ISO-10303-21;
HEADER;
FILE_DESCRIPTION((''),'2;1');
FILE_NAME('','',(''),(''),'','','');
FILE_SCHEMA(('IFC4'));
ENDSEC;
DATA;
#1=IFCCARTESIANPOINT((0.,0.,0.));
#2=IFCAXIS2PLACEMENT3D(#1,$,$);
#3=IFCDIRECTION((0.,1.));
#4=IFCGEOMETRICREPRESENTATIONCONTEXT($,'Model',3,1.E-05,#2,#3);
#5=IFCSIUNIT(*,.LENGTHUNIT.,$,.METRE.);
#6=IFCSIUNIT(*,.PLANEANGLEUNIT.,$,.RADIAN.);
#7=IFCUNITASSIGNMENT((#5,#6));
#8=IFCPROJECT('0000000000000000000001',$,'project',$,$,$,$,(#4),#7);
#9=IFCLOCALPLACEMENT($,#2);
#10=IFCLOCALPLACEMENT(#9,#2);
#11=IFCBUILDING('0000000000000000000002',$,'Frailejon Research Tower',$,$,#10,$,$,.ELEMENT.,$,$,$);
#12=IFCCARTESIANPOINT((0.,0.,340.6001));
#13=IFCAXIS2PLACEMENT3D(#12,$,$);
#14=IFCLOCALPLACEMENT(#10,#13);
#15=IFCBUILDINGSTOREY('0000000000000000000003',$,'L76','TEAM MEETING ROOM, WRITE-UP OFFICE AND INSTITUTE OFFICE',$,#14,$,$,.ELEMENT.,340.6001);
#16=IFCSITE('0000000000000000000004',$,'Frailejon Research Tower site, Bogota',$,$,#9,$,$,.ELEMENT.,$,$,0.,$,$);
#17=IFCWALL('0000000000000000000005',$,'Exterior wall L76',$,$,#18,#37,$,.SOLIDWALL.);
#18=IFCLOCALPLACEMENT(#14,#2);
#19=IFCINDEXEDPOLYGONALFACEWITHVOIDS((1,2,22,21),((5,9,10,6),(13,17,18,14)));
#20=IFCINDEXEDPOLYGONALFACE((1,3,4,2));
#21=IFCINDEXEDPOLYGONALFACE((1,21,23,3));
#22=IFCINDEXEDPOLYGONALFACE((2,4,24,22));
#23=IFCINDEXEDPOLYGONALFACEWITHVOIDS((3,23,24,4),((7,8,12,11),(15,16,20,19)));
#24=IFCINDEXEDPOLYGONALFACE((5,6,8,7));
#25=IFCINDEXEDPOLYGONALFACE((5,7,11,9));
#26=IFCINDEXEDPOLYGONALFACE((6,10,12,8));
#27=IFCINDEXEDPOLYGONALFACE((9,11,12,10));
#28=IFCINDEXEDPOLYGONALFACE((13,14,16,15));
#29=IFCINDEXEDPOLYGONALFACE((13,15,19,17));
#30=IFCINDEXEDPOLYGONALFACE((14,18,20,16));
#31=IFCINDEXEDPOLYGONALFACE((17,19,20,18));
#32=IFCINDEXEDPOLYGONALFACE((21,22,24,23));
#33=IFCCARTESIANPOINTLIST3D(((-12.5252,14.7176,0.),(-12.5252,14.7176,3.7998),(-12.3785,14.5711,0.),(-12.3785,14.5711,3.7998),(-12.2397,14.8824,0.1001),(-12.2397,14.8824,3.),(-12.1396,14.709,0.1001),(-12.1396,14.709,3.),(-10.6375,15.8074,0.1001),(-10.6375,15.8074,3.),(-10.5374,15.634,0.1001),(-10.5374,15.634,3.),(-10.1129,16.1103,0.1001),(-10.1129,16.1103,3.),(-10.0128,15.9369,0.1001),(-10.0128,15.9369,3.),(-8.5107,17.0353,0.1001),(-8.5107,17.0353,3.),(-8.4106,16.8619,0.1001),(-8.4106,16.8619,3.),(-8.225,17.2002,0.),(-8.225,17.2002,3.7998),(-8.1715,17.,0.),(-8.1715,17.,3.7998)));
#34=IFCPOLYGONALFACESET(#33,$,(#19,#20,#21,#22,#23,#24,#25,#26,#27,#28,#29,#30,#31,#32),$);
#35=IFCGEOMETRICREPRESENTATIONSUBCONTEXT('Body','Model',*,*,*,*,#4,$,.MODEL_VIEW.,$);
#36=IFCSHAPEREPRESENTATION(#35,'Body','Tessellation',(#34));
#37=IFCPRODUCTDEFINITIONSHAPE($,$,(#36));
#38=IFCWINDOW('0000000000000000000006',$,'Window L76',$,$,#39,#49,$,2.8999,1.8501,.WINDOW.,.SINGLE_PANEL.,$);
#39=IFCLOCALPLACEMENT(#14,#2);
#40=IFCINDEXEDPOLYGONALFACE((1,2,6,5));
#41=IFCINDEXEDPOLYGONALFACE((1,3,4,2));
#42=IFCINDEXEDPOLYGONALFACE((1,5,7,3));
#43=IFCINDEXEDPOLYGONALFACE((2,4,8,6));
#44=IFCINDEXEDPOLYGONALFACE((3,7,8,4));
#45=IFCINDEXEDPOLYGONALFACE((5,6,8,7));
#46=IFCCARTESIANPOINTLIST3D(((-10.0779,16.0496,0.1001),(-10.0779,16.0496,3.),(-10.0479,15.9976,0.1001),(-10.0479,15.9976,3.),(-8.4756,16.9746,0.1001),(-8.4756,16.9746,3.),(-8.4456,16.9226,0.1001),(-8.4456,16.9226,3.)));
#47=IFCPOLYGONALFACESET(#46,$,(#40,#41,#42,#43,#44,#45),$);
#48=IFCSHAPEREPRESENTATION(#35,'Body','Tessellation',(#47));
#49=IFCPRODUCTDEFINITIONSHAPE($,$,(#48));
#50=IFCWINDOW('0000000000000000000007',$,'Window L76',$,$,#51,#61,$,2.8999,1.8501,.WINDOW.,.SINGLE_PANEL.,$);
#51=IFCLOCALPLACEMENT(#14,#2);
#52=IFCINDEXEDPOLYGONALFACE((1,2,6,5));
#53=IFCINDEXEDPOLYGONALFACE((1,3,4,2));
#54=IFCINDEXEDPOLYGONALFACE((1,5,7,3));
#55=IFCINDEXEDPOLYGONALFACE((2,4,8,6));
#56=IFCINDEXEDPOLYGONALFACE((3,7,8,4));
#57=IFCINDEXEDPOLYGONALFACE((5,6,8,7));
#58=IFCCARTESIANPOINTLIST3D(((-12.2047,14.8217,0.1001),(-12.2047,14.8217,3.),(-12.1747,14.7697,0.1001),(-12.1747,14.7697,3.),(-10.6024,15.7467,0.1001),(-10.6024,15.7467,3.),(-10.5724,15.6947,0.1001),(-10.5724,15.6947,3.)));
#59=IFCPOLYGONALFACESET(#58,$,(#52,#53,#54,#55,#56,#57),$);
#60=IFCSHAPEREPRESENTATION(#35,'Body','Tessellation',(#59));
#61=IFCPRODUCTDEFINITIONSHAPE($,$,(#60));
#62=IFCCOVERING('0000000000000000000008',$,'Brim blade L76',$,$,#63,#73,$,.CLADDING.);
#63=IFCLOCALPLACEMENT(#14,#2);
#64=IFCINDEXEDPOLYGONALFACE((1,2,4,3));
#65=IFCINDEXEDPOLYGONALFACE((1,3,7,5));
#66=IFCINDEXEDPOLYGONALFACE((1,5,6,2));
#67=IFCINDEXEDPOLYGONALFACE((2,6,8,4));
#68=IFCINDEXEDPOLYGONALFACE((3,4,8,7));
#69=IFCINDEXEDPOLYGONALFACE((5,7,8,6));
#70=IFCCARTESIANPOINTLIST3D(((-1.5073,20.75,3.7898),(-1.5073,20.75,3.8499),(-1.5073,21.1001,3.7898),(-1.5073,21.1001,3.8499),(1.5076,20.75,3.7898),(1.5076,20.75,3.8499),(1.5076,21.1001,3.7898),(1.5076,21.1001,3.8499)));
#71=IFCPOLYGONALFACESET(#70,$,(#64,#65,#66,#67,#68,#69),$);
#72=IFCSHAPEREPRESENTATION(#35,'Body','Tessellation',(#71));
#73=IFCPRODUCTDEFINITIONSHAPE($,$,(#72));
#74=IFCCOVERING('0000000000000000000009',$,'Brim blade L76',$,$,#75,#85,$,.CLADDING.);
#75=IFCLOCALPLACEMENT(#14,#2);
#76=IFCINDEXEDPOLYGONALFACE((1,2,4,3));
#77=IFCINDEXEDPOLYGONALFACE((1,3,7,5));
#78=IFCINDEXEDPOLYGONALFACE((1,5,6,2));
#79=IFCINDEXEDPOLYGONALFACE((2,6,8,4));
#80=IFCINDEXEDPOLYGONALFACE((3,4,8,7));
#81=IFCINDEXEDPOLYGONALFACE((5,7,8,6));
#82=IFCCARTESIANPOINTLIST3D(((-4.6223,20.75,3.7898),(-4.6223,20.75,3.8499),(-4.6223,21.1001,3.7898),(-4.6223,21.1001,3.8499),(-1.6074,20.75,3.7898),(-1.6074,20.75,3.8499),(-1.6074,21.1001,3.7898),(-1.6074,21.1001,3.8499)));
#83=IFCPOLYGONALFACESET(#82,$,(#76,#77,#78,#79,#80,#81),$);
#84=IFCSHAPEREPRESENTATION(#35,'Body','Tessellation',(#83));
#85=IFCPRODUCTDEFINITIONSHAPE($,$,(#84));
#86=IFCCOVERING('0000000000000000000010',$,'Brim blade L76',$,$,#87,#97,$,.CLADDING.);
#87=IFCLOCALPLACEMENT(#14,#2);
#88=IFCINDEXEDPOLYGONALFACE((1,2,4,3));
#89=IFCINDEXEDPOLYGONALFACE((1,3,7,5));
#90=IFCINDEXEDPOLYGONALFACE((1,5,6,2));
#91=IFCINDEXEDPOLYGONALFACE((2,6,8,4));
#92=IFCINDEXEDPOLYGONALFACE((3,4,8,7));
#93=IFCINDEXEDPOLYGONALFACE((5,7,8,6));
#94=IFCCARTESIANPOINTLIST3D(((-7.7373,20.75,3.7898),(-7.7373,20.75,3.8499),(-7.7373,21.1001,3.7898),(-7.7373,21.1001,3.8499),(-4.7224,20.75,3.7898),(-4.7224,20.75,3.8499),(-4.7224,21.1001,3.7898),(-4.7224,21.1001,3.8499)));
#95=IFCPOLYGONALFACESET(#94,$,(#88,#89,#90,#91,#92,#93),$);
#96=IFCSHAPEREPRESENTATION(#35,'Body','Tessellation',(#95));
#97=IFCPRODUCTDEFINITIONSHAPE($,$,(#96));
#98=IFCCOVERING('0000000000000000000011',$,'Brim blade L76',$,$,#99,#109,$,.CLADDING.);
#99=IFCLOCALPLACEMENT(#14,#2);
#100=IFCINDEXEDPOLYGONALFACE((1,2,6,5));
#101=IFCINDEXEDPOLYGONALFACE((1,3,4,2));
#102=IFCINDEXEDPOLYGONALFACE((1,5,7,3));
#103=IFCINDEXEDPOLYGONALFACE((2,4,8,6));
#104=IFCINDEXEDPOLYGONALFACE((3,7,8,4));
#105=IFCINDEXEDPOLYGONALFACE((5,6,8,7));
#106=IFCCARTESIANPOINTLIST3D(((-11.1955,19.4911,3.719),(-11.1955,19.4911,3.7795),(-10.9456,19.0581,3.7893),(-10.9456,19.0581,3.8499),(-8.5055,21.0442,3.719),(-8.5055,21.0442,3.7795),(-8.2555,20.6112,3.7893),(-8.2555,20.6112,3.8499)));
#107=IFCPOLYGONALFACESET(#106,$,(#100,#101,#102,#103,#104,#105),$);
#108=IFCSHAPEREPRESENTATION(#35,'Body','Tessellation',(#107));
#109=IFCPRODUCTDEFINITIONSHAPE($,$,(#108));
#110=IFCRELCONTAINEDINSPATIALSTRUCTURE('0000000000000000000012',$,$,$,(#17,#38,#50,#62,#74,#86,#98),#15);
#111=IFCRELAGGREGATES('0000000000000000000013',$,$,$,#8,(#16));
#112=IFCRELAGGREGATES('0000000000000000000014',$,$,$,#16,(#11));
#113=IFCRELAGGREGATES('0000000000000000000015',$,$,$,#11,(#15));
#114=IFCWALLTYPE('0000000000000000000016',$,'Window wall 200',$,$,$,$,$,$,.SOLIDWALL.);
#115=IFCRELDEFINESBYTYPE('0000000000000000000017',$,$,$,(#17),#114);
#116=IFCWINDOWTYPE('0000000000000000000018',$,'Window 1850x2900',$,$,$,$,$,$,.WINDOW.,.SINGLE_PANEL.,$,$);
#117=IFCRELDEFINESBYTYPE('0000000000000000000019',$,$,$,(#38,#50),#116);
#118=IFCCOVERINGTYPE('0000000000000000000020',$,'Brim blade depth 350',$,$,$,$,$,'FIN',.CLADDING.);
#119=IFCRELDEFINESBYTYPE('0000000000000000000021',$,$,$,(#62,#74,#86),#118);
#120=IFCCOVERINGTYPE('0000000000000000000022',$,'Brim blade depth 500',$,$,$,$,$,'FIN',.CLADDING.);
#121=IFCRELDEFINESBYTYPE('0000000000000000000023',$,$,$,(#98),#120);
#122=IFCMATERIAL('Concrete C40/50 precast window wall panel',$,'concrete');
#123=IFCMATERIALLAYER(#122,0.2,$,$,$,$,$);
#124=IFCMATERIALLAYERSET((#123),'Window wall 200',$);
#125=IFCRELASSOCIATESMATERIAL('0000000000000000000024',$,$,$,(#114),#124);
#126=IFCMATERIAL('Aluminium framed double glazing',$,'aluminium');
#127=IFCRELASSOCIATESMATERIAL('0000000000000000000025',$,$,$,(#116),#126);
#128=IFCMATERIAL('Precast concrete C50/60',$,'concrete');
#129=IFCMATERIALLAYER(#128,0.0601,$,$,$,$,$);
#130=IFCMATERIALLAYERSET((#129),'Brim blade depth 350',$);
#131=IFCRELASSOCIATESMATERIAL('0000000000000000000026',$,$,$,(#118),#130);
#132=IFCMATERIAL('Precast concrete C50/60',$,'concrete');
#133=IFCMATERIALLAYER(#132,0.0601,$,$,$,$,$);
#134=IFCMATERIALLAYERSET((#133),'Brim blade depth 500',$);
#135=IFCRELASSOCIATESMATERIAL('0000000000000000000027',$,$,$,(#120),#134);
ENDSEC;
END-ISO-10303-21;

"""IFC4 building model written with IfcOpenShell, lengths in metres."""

from ifc_helpers import new_model, si_unit, direction, frame, frame_2d, origin, place, context, subcontext, project, spatial, polyline, rectangle, outline, extrude, material, layer, layer_set, type_object, element, fill, save


model = new_model("IFC4")

# Units and contexts
model_context = context("Model", 3, precision=1e-05, world=origin(), true_north=direction((0.0, 1.0)))
body_context = subcontext(model_context, "Body", "Model", "MODEL_VIEW")
ifc_project = project(units=[si_unit("LENGTHUNIT", "METRE"), si_unit("PLANEANGLEUNIT", "RADIAN")], contexts=[model_context])

# Site, building, storey
site_placement = place(None, origin())
site = spatial("IfcSite", under=ifc_project, at=site_placement, Name="Frailejon Research Tower site, Bogota", CompositionType="ELEMENT", RefElevation=0.0)
building_placement = place(site_placement, origin())
building = spatial("IfcBuilding", under=site, at=building_placement, Name="Frailejon Research Tower", CompositionType="ELEMENT")
storey_placement = place(building_placement, frame((0.0, 0.0, 340.6001)))
storey = spatial("IfcBuildingStorey", under=building, at=storey_placement, Name="L76", Description="TEAM MEETING ROOM, WRITE-UP OFFICE AND INSTITUTE OFFICE", CompositionType="ELEMENT", Elevation=340.6001)

# Wall, openings, windows
ifc_material_1 = material(Name="Concrete C40/50 precast window wall panel", Category="concrete")
ifc_layer_1 = layer(ifc_material_1, 0.2)
ifc_layer_set_1 = layer_set([ifc_layer_1], Name="Window wall 200")
wall_type = type_object("IfcWallType", Name="Window wall 200", PredefinedType="SOLIDWALL", material=ifc_layer_set_1)
wall_placement = place(storey_placement, frame((-8.1982, 17.1001, 0.0), z_axis=(0.0, 0.0, 1.0), x_axis=(-0.866029, -0.499994, 0.0)))
wall = element("IfcWall", 1, at=wall_placement, inside=storey, type_object=wall_type, Name="Exterior wall L76", PredefinedType="SOLIDWALL", context=body_context, shape_type="SweptSolid", body=[
    extrude(outline(polyline([(-0.0269, -0.1001), (1.2144, -0.1001), (2.4558, -0.1001), (3.6973, -0.1001), (4.9385, -0.1001), (4.8848, 0.1001), (3.6704, 0.1001), (2.4558, 0.1001), (1.2412, 0.1001), (0.0269, 0.1001), (-0.0269, -0.1001)])), origin(), (0.0, 0.0, 1.0), 3.7998),
])
opening_1_placement = place(wall_placement, frame((0.303, 0.0, 0.1001)))
opening_1 = element("IfcOpeningElement", 2, at=opening_1_placement, cuts=wall, PredefinedType="OPENING", context=body_context, shape_type="SweptSolid", body=[
    extrude(rectangle(XDim=1.8501, YDim=2.8999, at=frame_2d((0.925, 1.45))), frame((0.0, 0.1099, 0.0), z_axis=(0.0, -1.0, 0.0), x_axis=(1.0, 0.0, 0.0)), (0.0, 0.0, 1.0), 0.22),
])
opening_2_placement = place(wall_placement, frame((2.7588, 0.0, 0.1001)))
opening_2 = element("IfcOpeningElement", 3, at=opening_2_placement, cuts=wall, PredefinedType="OPENING", context=body_context, shape_type="SweptSolid", body=[
    extrude(rectangle(XDim=1.8501, YDim=2.8999, at=frame_2d((0.925, 1.45))), frame((0.0, 0.1099, 0.0), z_axis=(0.0, -1.0, 0.0), x_axis=(1.0, 0.0, 0.0)), (0.0, 0.0, 1.0), 0.22),
])
ifc_material_2 = material(Name="Aluminium framed double glazing", Category="aluminium")
window_type = type_object("IfcWindowType", Name="Window 1850x2900", PartitioningType="SINGLE_PANEL", PredefinedType="WINDOW", material=ifc_material_2)
window_1_placement = place(opening_1_placement, origin())
window_1 = element("IfcWindow", 4, at=window_1_placement, inside=storey, type_object=window_type, Name="Window L76", OverallHeight=2.8999, OverallWidth=1.8501, PartitioningType="SINGLE_PANEL", PredefinedType="WINDOW", context=body_context, shape_type="SweptSolid", body=[
    extrude(rectangle(XDim=1.8501, YDim=2.8999, at=frame_2d((0.925, 1.45))), frame((0.0, 0.03, 0.0), z_axis=(0.0, -1.0, 0.0), x_axis=(1.0, 0.0, 0.0)), (0.0, 0.0, 1.0), 0.0601),
])
fill(opening_1, window_1)
window_2_placement = place(opening_2_placement, origin())
window_2 = element("IfcWindow", 5, at=window_2_placement, inside=storey, type_object=window_type, Name="Window L76", OverallHeight=2.8999, OverallWidth=1.8501, PartitioningType="SINGLE_PANEL", PredefinedType="WINDOW", context=body_context, shape_type="SweptSolid", body=[
    extrude(rectangle(XDim=1.8501, YDim=2.8999, at=frame_2d((0.925, 1.45))), frame((0.0, 0.03, 0.0), z_axis=(0.0, -1.0, 0.0), x_axis=(1.0, 0.0, 0.0)), (0.0, 0.0, 1.0), 0.0601),
])
fill(opening_2, window_2)

# Coverings
ifc_material_3 = material(Name="Precast concrete C50/60", Category="concrete")
ifc_layer_2 = layer(ifc_material_3, 0.0601)
ifc_layer_set_2 = layer_set([ifc_layer_2], Name="Brim blade depth 350")
covering_type_1 = type_object("IfcCoveringType", Name="Brim blade depth 350", ElementType="FIN", PredefinedType="CLADDING", material=ifc_layer_set_2)
for number, where, z_axis, x_axis, name in (
    (6, (-1.5073, 20.75, 3.8499), (1.0, 0.0, 0.0), (0.0, 1.0, 0.0), "Brim blade L76"),
    (7, (-4.6223, 20.75, 3.8499), (1.0, 0.0, 0.0), (0.0, 1.0, 0.0), "Brim blade L76"),
    (8, (-7.7373, 20.75, 3.8499), (1.0, 0.0, 0.0), (0.0, 1.0, 0.0), "Brim blade L76"),
):
    element("IfcCovering", number, at=place(storey_placement, frame(where, z_axis=z_axis, x_axis=x_axis)), inside=storey, type_object=covering_type_1, Name=name, PredefinedType="CLADDING", context=body_context, shape_type="SweptSolid", body=[
        extrude(outline(polyline([(0.0, -0.0601), (0.3501, -0.0601), (0.3501, 0.0), (0.0, 0.0), (0.0, -0.0601)])), origin(), (0.0, 0.0, 1.0), 3.0149),
    ])
ifc_material_4 = material(Name="Precast concrete C50/60", Category="concrete")
ifc_layer_3 = layer(ifc_material_4, 0.0601)
ifc_layer_set_3 = layer_set([ifc_layer_3], Name="Brim blade depth 500")
covering_type_2 = type_object("IfcCoveringType", Name="Brim blade depth 500", ElementType="FIN", PredefinedType="CLADDING", material=ifc_layer_set_3)
covering_placement = place(storey_placement, frame((-10.9456, 19.0581, 3.8499), z_axis=(0.866035, 0.499983, 0.0), x_axis=(-0.499983, 0.866035, 0.0)))
element("IfcCovering", 9, at=covering_placement, inside=storey, type_object=covering_type_2, Name="Brim blade L76", PredefinedType="CLADDING", context=body_context, shape_type="SweptSolid", body=[
    extrude(outline(polyline([(0.0, -0.0605), (0.5, -0.1309), (0.5, -0.0703), (0.0, 0.0), (0.0, -0.0605)])), origin(), (0.0, 0.0, 1.0), 3.1062),
])

save(model, "model.ifc")
